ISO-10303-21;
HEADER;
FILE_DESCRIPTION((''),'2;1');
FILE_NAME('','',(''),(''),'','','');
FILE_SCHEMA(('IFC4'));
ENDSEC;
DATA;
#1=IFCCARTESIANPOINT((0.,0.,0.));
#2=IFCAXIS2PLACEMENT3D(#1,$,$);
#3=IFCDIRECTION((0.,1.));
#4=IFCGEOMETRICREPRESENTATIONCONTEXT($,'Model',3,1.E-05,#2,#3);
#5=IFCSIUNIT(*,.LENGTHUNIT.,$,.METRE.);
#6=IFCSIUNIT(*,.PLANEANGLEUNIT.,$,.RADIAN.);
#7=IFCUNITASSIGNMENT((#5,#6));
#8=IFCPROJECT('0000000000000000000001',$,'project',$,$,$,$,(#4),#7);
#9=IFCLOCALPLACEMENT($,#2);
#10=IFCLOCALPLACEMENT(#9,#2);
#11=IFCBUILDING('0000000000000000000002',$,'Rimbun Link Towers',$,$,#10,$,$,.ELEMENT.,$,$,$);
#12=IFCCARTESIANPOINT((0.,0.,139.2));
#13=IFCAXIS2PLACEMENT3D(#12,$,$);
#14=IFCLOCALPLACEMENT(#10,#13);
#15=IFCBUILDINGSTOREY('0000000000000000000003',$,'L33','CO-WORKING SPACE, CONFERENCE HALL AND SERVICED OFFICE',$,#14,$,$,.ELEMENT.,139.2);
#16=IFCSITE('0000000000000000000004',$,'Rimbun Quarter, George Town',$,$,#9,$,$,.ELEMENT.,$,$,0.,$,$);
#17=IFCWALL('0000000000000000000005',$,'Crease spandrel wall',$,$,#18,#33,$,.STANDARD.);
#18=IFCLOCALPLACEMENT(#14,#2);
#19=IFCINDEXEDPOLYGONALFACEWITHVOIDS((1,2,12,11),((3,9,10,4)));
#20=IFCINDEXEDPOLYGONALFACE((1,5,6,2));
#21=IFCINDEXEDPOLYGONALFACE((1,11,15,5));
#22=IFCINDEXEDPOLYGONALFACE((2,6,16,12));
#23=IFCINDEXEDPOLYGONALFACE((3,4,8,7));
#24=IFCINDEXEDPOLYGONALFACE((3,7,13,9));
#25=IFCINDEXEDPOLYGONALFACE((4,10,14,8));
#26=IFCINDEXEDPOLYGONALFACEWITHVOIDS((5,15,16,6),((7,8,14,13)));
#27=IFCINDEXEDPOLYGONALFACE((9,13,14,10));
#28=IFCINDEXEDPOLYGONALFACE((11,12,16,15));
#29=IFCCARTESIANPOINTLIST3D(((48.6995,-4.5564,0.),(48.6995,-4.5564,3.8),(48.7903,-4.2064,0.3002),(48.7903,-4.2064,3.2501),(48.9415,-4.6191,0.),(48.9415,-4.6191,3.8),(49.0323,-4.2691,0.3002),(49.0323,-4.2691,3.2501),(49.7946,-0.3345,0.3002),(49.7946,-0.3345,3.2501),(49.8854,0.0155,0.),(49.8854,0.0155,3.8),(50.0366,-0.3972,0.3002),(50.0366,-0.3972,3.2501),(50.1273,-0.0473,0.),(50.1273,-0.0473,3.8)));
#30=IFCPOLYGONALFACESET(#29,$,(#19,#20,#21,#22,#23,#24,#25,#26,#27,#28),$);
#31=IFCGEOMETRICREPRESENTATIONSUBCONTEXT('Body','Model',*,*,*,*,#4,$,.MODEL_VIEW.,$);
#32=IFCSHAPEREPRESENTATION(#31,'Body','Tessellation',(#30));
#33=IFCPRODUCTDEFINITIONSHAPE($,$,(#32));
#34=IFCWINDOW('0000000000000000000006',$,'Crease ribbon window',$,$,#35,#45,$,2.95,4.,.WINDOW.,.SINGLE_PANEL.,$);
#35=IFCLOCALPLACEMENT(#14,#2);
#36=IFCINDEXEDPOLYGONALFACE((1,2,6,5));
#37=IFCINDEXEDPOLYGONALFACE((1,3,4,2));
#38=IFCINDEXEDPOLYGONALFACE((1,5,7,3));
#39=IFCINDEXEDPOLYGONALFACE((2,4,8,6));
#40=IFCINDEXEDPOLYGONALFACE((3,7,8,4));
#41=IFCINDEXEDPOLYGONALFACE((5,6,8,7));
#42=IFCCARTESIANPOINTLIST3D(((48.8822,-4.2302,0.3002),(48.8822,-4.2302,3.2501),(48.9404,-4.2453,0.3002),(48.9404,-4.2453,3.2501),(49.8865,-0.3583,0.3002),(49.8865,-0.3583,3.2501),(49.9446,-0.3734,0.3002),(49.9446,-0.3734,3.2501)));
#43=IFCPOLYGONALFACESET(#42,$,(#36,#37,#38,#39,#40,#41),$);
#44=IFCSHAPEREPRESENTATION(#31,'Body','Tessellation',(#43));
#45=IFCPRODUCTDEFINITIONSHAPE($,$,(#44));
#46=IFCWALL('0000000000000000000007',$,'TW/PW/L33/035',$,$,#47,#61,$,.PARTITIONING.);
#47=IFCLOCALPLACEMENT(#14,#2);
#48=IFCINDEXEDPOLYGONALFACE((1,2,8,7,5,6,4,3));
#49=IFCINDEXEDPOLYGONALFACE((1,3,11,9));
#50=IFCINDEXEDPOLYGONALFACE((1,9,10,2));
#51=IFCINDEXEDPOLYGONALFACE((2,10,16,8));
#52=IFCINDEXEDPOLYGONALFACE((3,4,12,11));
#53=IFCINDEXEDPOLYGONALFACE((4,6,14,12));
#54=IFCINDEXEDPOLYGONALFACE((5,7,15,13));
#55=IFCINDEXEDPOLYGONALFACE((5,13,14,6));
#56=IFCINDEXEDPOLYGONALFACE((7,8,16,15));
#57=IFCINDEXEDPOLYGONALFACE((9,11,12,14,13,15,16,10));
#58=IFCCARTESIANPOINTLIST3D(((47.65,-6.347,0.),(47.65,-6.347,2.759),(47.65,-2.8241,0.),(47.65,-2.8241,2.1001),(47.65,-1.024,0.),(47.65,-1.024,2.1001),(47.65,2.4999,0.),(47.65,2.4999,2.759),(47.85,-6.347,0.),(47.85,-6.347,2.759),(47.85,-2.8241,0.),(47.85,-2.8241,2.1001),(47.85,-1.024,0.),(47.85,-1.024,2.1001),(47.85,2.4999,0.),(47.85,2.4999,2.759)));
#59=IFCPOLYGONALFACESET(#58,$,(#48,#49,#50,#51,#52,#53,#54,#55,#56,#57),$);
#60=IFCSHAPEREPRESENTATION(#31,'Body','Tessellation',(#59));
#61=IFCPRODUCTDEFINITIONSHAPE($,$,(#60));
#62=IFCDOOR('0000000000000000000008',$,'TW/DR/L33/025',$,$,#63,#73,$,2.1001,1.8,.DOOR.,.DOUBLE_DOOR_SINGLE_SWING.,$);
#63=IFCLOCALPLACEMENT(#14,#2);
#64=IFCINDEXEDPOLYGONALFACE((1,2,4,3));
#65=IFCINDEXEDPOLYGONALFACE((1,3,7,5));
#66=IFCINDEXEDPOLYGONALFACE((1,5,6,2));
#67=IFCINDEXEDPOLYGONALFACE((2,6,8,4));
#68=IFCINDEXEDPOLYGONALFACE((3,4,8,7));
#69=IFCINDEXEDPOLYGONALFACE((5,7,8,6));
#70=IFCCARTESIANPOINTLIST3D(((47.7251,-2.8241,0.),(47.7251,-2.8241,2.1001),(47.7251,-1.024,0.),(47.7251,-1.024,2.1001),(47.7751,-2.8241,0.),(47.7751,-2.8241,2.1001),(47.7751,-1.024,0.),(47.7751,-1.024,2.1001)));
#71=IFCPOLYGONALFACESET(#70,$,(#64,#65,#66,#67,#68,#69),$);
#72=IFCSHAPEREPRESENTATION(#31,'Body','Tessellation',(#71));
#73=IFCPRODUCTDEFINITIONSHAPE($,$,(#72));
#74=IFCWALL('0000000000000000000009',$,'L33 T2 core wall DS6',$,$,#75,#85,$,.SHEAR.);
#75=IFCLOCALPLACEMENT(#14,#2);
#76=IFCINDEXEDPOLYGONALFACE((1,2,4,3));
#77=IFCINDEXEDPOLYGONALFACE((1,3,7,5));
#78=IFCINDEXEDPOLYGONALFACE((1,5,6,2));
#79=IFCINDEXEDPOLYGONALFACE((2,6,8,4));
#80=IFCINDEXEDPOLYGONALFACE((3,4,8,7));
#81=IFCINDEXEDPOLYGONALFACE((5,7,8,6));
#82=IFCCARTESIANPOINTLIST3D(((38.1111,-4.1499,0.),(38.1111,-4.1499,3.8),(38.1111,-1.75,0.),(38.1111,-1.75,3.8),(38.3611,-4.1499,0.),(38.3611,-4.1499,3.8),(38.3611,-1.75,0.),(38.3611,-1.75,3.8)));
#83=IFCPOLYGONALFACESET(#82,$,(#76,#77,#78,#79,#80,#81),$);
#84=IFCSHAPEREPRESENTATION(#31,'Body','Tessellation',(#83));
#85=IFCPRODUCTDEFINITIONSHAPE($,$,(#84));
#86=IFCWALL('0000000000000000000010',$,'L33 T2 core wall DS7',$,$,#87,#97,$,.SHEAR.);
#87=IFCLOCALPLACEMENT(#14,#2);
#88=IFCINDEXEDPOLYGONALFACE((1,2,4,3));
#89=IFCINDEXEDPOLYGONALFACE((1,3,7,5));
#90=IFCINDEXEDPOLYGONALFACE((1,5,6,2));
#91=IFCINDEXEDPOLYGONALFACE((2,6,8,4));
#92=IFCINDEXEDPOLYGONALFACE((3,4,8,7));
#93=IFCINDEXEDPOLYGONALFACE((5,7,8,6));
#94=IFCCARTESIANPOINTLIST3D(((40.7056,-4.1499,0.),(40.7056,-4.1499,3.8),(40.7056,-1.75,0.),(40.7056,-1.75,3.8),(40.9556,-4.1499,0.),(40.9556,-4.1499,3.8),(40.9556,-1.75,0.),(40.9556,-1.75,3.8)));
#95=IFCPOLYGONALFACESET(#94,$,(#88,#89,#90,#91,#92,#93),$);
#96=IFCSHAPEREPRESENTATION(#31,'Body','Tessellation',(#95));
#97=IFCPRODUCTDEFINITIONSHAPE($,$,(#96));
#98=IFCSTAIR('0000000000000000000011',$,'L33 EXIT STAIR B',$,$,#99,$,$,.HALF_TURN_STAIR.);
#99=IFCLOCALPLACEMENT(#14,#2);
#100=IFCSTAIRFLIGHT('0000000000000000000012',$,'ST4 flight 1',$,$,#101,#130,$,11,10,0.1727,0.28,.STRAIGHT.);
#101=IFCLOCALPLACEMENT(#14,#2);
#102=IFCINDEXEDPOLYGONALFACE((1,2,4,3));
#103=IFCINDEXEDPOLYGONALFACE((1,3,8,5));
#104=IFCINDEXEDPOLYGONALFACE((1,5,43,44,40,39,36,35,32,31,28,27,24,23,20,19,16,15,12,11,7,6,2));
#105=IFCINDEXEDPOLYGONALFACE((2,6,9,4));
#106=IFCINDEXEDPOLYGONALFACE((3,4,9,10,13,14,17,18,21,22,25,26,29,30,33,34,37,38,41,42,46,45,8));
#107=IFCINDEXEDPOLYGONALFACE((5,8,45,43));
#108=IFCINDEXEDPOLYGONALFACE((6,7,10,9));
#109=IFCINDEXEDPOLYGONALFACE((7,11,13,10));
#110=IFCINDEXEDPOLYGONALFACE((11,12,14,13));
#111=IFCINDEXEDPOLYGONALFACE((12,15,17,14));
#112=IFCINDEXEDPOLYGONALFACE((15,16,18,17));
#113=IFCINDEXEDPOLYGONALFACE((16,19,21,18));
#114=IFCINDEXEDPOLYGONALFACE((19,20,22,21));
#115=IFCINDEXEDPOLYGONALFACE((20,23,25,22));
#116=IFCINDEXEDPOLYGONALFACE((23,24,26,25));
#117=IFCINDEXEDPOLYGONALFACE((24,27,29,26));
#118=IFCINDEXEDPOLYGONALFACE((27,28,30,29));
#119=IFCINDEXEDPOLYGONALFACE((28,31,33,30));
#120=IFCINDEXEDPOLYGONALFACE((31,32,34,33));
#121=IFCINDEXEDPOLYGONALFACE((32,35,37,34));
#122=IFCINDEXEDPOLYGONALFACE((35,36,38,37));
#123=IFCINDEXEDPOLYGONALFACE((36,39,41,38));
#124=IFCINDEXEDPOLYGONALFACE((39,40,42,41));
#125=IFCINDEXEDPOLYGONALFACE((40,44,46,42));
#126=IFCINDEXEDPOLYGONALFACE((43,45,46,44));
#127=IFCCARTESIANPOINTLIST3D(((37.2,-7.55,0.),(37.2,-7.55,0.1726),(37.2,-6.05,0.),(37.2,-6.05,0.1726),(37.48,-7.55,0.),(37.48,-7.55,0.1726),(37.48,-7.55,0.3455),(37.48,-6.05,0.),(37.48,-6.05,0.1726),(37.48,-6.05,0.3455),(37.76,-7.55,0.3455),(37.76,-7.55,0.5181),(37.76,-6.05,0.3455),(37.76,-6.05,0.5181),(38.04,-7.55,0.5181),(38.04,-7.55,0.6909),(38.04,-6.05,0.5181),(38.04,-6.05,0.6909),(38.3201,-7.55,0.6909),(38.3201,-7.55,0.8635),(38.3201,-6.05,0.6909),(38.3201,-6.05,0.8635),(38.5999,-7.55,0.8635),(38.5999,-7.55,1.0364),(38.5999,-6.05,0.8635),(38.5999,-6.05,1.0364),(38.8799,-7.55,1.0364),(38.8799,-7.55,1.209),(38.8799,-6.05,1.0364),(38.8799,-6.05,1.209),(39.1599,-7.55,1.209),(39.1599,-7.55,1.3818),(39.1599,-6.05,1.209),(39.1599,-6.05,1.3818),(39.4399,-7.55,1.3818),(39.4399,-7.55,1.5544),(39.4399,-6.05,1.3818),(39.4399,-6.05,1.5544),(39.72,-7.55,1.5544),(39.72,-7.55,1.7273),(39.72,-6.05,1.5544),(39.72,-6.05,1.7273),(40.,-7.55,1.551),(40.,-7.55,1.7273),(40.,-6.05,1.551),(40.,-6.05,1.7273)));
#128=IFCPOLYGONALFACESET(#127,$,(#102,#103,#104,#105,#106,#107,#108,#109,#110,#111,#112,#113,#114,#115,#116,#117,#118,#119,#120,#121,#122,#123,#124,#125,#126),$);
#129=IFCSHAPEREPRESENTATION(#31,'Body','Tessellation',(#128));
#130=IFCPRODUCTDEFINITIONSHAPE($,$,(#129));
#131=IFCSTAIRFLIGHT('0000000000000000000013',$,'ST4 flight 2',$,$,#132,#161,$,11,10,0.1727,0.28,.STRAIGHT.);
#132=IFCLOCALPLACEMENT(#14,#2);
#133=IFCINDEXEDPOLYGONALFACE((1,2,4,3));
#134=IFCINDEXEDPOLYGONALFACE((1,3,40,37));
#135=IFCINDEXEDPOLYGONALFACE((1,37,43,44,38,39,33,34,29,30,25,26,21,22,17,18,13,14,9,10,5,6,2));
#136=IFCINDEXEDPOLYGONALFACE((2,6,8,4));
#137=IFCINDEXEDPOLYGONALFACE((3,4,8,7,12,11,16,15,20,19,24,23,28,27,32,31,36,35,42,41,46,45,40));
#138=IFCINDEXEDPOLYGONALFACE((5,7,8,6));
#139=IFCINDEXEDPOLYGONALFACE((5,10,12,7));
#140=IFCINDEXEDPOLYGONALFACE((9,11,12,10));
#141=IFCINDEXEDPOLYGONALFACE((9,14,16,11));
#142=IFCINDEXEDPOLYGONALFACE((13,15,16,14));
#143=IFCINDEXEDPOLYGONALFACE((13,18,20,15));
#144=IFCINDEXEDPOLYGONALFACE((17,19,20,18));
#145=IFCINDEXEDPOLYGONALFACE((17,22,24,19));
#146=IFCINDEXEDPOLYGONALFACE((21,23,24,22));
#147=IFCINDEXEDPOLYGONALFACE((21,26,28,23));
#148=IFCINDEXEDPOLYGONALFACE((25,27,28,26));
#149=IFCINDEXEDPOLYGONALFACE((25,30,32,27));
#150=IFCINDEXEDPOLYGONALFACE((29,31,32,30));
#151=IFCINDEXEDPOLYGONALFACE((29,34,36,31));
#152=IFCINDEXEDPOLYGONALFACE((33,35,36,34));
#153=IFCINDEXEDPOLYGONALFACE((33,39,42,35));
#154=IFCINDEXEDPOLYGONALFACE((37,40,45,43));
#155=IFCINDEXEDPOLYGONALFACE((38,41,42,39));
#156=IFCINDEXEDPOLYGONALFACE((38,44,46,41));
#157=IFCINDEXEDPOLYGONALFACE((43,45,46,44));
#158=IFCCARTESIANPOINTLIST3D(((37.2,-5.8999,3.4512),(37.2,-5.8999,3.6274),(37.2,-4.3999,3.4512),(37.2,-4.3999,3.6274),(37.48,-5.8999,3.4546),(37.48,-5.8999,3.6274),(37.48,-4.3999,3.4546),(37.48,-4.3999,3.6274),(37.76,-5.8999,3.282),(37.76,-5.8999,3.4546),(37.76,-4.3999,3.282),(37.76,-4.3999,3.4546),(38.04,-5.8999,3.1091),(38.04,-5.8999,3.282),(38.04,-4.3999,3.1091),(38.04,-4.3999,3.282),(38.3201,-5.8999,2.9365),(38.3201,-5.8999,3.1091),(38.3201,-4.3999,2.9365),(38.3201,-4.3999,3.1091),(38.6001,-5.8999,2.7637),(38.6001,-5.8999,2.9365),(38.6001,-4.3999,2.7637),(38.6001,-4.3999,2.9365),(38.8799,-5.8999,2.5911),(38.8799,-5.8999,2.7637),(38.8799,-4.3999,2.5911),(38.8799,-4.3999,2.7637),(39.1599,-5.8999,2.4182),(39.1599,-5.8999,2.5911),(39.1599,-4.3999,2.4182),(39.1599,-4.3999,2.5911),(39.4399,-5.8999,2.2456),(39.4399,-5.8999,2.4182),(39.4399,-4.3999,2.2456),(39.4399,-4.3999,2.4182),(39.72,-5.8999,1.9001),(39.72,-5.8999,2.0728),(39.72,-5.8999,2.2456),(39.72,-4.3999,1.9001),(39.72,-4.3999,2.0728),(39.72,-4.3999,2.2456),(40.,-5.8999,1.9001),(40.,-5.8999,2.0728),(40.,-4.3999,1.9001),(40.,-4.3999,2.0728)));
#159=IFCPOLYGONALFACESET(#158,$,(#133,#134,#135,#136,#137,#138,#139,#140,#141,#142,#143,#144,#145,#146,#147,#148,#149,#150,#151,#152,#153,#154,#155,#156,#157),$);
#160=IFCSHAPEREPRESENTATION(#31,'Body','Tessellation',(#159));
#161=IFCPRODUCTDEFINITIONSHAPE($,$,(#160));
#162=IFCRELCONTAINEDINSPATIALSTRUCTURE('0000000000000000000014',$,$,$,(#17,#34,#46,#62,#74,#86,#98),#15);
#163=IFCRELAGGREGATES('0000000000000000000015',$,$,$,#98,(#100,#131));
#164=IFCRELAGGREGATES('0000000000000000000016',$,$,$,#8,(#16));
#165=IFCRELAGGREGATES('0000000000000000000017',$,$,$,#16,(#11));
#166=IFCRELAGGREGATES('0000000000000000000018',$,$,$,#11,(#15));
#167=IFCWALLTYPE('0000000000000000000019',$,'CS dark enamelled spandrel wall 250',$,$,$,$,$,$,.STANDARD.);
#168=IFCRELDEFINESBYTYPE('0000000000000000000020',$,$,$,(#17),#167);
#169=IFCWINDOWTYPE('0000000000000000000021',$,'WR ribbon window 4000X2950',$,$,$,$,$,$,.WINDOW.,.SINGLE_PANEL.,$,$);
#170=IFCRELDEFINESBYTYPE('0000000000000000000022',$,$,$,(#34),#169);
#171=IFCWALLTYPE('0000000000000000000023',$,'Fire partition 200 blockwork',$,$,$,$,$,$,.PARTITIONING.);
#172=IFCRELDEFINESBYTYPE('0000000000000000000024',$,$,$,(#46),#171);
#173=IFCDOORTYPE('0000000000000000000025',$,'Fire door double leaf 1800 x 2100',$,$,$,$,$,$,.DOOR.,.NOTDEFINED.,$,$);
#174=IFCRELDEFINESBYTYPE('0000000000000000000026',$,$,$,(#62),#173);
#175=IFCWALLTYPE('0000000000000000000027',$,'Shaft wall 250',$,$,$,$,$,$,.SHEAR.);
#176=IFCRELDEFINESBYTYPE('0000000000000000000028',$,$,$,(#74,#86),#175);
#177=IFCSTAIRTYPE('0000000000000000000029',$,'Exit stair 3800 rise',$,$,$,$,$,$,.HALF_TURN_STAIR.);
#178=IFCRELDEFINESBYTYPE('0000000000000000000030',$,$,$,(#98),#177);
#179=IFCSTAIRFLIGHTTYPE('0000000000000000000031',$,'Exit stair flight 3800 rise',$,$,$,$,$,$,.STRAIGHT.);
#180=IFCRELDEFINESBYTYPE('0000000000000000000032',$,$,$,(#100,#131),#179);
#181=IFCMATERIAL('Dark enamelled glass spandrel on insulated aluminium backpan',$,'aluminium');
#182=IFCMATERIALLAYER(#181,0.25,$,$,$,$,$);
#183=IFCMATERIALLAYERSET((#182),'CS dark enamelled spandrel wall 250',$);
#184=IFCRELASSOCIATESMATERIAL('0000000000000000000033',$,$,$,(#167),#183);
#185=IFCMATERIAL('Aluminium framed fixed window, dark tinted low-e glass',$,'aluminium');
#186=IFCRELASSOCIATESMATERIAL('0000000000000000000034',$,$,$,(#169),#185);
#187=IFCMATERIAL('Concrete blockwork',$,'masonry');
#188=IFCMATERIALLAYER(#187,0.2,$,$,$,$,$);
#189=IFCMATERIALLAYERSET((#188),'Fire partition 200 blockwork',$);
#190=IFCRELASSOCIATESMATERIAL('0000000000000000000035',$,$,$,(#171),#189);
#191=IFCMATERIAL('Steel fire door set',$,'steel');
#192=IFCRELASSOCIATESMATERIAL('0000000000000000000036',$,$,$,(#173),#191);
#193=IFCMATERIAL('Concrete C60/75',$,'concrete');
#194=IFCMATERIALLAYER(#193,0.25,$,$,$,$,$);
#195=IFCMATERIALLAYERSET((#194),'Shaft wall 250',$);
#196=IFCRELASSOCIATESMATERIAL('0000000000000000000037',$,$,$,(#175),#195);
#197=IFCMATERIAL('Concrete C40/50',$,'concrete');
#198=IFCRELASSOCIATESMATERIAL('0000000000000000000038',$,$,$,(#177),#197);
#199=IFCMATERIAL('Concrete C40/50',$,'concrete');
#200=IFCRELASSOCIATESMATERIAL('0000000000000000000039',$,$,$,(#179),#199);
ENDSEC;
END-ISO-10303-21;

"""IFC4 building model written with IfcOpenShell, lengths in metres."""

from ifc_helpers import new_model, si_unit, direction, frame, frame_2d, origin, place, context, subcontext, project, spatial, polyline, rectangle, outline, extrude, material, layer, layer_set, type_object, element, fill, aggregate, save


model = new_model("IFC4")

# Units and contexts
model_context = context("Model", 3, precision=1e-05, world=origin(), true_north=direction((0.0, 1.0)))
body_context = subcontext(model_context, "Body", "Model", "MODEL_VIEW")
ifc_project = project(units=[si_unit("LENGTHUNIT", "METRE"), si_unit("PLANEANGLEUNIT", "RADIAN")], contexts=[model_context])

# Site, building, storey
site_placement = place(None, origin())
site = spatial("IfcSite", under=ifc_project, at=site_placement, Name="Rimbun Quarter, George Town", CompositionType="ELEMENT", RefElevation=0.0)
building_placement = place(site_placement, origin())
building = spatial("IfcBuilding", under=site, at=building_placement, Name="Rimbun Link Towers", CompositionType="ELEMENT")
storey_placement = place(building_placement, frame((0.0, 0.0, 139.2)))
storey = spatial("IfcBuildingStorey", under=building, at=storey_placement, Name="L33", Description="CO-WORKING SPACE, CONFERENCE HALL AND SERVICED OFFICE", CompositionType="ELEMENT", Elevation=139.2)

# Wall, opening, window
ifc_material_1 = material(Name="Dark enamelled glass spandrel on insulated aluminium backpan", Category="aluminium")
ifc_layer_1 = layer(ifc_material_1, 0.25)
ifc_layer_set_1 = layer_set([ifc_layer_1], Name="CS dark enamelled spandrel wall 250")
wall_type_1 = type_object("IfcWallType", Name="CS dark enamelled spandrel wall 250", PredefinedType="STANDARD", material=ifc_layer_set_1)
wall_1_placement = place(storey_placement, frame((50.0063, -0.0159, 0.0), z_axis=(0.0, 0.0, 1.0), x_axis=(-0.251064, -0.96797, 0.0)))
wall_1 = element("IfcWall", 1, at=wall_1_placement, inside=storey, type_object=wall_type_1, Name="Crease spandrel wall", PredefinedType="STANDARD", context=body_context, shape_type="SweptSolid", body=[
    extrude(rectangle(XDim=4.7231, YDim=0.25, at=frame_2d((2.3616, 0.0))), origin(), (0.0, 0.0, 1.0), 3.8),
])
opening_1_placement = place(wall_1_placement, frame((0.3616, 0.0, 0.3)))
opening_1 = element("IfcOpeningElement", 2, at=opening_1_placement, cuts=wall_1, PredefinedType="OPENING", context=body_context, shape_type="SweptSolid", body=[
    extrude(rectangle(XDim=4.0, YDim=2.95, at=frame_2d((2.0, 1.4751))), frame((0.0, 0.135, 0.0), z_axis=(0.0, -1.0, 0.0), x_axis=(1.0, 0.0, 0.0)), (0.0, 0.0, 1.0), 0.27),
])
ifc_material_2 = material(Name="Aluminium framed fixed window, dark tinted low-e glass", Category="aluminium")
window_type_1 = type_object("IfcWindowType", Name="WR ribbon window 4000X2950", PartitioningType="SINGLE_PANEL", PredefinedType="WINDOW", material=ifc_material_2)
window_1_placement = place(opening_1_placement, origin())
window_1 = element("IfcWindow", 3, at=window_1_placement, inside=storey, type_object=window_type_1, Name="Crease ribbon window", OverallHeight=2.95, OverallWidth=4.0, PartitioningType="SINGLE_PANEL", PredefinedType="WINDOW", context=body_context, shape_type="SweptSolid", body=[
    extrude(rectangle(XDim=4.0, YDim=2.95, at=frame_2d((2.0, 1.4751))), frame((0.0, 0.03, 0.0), z_axis=(0.0, -1.0, 0.0), x_axis=(1.0, 0.0, 0.0)), (0.0, 0.0, 1.0), 0.0601),
])
fill(opening_1, window_1)

# Wall, opening, door
ifc_material_3 = material(Name="Concrete blockwork", Category="masonry")
ifc_layer_2 = layer(ifc_material_3, 0.2)
ifc_layer_set_2 = layer_set([ifc_layer_2], Name="Fire partition 200 blockwork")
wall_type_2 = type_object("IfcWallType", Name="Fire partition 200 blockwork", PredefinedType="PARTITIONING", material=ifc_layer_set_2)
wall_2_placement = place(storey_placement, frame((47.75, -6.3469, 0.0), z_axis=(0.0, 0.0, 1.0), x_axis=(0.0, 1.0, 0.0)))
wall_2 = element("IfcWall", 4, at=wall_2_placement, inside=storey, type_object=wall_type_2, Name="TW/PW/L33/035", PredefinedType="PARTITIONING", context=body_context, shape_type="SweptSolid", body=[
    extrude(rectangle(XDim=8.8469, YDim=0.2, at=frame_2d((4.4233, 0.0))), origin(), (0.0, 0.0, 1.0), 2.759),
])
opening_2_placement = place(wall_2_placement, frame((3.5229, 0.0, 0.0)))
opening_2 = element("IfcOpeningElement", 5, at=opening_2_placement, cuts=wall_2, PredefinedType="OPENING", context=body_context, shape_type="SweptSolid", body=[
    extrude(rectangle(XDim=1.8, YDim=2.1001, at=frame_2d((0.8999, 1.05))), frame((0.0, 0.1099, 0.0), z_axis=(0.0, -1.0, 0.0), x_axis=(1.0, 0.0, 0.0)), (0.0, 0.0, 1.0), 0.22),
])
ifc_material_4 = material(Name="Steel fire door set", Category="steel")
door_type = type_object("IfcDoorType", Name="Fire door double leaf 1800 x 2100", OperationType="NOTDEFINED", PredefinedType="DOOR", material=ifc_material_4)
door_placement = place(opening_2_placement, origin())
door = element("IfcDoor", 6, at=door_placement, inside=storey, type_object=door_type, Name="TW/DR/L33/025", OperationType="DOUBLE_DOOR_SINGLE_SWING", OverallHeight=2.1001, OverallWidth=1.8, PredefinedType="DOOR", context=body_context, shape_type="SweptSolid", body=[
    extrude(rectangle(XDim=1.8, YDim=2.1001, at=frame_2d((0.8999, 1.05))), frame((0.0, 0.0249, 0.0), z_axis=(0.0, -1.0, 0.0), x_axis=(1.0, 0.0, 0.0)), (0.0, 0.0, 1.0), 0.05),
])
fill(opening_2, door)

# Walls
ifc_material_5 = material(Name="Concrete C60/75", Category="concrete")
ifc_layer_3 = layer(ifc_material_5, 0.25)
ifc_layer_set_3 = layer_set([ifc_layer_3], Name="Shaft wall 250")
wall_type_3 = type_object("IfcWallType", Name="Shaft wall 250", PredefinedType="SHEAR", material=ifc_layer_set_3)
for number, where, z_axis, x_axis, name in (
    (7, (38.2361, -4.1499, 0.0), (0.0, 0.0, 1.0), (0.0, 1.0, 0.0), "L33 T2 core wall DS6"),
    (8, (40.8306, -4.1499, 0.0), (0.0, 0.0, 1.0), (0.0, 1.0, 0.0), "L33 T2 core wall DS7"),
):
    element("IfcWall", number, at=place(storey_placement, frame(where, z_axis=z_axis, x_axis=x_axis)), inside=storey, type_object=wall_type_3, Name=name, PredefinedType="SHEAR", context=body_context, shape_type="SweptSolid", body=[
        extrude(rectangle(XDim=2.3999, YDim=0.25, at=frame_2d((1.2, 0.0))), origin(), (0.0, 0.0, 1.0), 3.8),
    ])

# Stair, stair flights
ifc_material_6 = material(Name="Concrete C40/50", Category="concrete")
stair_type = type_object("IfcStairType", Name="Exit stair 3800 rise", PredefinedType="HALF_TURN_STAIR", material=ifc_material_6)
stair_placement = place(storey_placement, origin())
stair = element("IfcStair", 9, at=stair_placement, inside=storey, type_object=stair_type, Name="L33 EXIT STAIR B", PredefinedType="HALF_TURN_STAIR")
ifc_material_7 = material(Name="Concrete C40/50", Category="concrete")
stair_flight_type = type_object("IfcStairFlightType", Name="Exit stair flight 3800 rise", PredefinedType="STRAIGHT", material=ifc_material_7)
stair_flight_1_placement = place(storey_placement, frame((37.2, -6.8, 0.0), z_axis=(0.0, 0.0, 1.0), x_axis=(1.0, 0.0, 0.0)))
stair_flight_1 = element("IfcStairFlight", 10, at=stair_flight_1_placement, type_object=stair_flight_type, Name="ST4 flight 1", NumberOfRisers=11, NumberOfTreads=10, PredefinedType="STRAIGHT", RiserHeight=0.1727, TreadLength=0.28, context=body_context, shape_type="SweptSolid", body=[
    extrude(outline(polyline([(0.0, 0.0), (0.0, 0.1726), (0.28, 0.1726), (0.28, 0.3455), (0.5601, 0.3455), (0.5601, 0.5181), (0.8401, 0.5181), (0.8401, 0.6909), (1.1201, 0.6909), (1.1201, 0.8635), (1.3999, 0.8635), (1.3999, 1.0364), (1.6799, 1.0364), (1.6799, 1.209), (1.96, 1.209), (1.96, 1.3818), (2.24, 1.3818), (2.24, 1.5544), (2.52, 1.5544), (2.52, 1.7273), (2.8, 1.7273), (2.8, 1.8999), (2.8, 1.551), (0.28, 0.0), (0.0, 0.0)])), frame((0.0, 0.75, 0.0), z_axis=(0.0, -1.0, 0.0), x_axis=(1.0, 0.0, 0.0)), (0.0, 0.0, 1.0), 1.5),
])
stair_flight_2_placement = place(storey_placement, frame((40.0, -5.1499, 1.9001), z_axis=(0.0, 0.0, 1.0), x_axis=(-1.0, 0.0, 0.0)))
stair_flight_2 = element("IfcStairFlight", 11, at=stair_flight_2_placement, type_object=stair_flight_type, Name="ST4 flight 2", NumberOfRisers=11, NumberOfTreads=10, PredefinedType="STRAIGHT", RiserHeight=0.1727, TreadLength=0.28, context=body_context, shape_type="SweptSolid", body=[
    extrude(outline(polyline([(0.0, 0.0), (0.0, 0.1726), (0.28, 0.1726), (0.28, 0.3455), (0.5601, 0.3455), (0.5601, 0.5181), (0.8401, 0.5181), (0.8401, 0.6909), (1.1201, 0.6909), (1.1201, 0.8635), (1.3999, 0.8635), (1.3999, 1.0364), (1.6799, 1.0364), (1.6799, 1.209), (1.96, 1.209), (1.96, 1.3818), (2.24, 1.3818), (2.24, 1.5544), (2.52, 1.5544), (2.52, 1.7273), (2.8, 1.7273), (2.8, 1.8999), (2.8, 1.551), (0.28, 0.0), (0.0, 0.0)])), frame((0.0, 0.75, 0.0), z_axis=(0.0, -1.0, 0.0), x_axis=(1.0, 0.0, 0.0)), (0.0, 0.0, 1.0), 1.5),
])
aggregate(stair, [stair_flight_1, stair_flight_2])

save(model, "model.ifc")
